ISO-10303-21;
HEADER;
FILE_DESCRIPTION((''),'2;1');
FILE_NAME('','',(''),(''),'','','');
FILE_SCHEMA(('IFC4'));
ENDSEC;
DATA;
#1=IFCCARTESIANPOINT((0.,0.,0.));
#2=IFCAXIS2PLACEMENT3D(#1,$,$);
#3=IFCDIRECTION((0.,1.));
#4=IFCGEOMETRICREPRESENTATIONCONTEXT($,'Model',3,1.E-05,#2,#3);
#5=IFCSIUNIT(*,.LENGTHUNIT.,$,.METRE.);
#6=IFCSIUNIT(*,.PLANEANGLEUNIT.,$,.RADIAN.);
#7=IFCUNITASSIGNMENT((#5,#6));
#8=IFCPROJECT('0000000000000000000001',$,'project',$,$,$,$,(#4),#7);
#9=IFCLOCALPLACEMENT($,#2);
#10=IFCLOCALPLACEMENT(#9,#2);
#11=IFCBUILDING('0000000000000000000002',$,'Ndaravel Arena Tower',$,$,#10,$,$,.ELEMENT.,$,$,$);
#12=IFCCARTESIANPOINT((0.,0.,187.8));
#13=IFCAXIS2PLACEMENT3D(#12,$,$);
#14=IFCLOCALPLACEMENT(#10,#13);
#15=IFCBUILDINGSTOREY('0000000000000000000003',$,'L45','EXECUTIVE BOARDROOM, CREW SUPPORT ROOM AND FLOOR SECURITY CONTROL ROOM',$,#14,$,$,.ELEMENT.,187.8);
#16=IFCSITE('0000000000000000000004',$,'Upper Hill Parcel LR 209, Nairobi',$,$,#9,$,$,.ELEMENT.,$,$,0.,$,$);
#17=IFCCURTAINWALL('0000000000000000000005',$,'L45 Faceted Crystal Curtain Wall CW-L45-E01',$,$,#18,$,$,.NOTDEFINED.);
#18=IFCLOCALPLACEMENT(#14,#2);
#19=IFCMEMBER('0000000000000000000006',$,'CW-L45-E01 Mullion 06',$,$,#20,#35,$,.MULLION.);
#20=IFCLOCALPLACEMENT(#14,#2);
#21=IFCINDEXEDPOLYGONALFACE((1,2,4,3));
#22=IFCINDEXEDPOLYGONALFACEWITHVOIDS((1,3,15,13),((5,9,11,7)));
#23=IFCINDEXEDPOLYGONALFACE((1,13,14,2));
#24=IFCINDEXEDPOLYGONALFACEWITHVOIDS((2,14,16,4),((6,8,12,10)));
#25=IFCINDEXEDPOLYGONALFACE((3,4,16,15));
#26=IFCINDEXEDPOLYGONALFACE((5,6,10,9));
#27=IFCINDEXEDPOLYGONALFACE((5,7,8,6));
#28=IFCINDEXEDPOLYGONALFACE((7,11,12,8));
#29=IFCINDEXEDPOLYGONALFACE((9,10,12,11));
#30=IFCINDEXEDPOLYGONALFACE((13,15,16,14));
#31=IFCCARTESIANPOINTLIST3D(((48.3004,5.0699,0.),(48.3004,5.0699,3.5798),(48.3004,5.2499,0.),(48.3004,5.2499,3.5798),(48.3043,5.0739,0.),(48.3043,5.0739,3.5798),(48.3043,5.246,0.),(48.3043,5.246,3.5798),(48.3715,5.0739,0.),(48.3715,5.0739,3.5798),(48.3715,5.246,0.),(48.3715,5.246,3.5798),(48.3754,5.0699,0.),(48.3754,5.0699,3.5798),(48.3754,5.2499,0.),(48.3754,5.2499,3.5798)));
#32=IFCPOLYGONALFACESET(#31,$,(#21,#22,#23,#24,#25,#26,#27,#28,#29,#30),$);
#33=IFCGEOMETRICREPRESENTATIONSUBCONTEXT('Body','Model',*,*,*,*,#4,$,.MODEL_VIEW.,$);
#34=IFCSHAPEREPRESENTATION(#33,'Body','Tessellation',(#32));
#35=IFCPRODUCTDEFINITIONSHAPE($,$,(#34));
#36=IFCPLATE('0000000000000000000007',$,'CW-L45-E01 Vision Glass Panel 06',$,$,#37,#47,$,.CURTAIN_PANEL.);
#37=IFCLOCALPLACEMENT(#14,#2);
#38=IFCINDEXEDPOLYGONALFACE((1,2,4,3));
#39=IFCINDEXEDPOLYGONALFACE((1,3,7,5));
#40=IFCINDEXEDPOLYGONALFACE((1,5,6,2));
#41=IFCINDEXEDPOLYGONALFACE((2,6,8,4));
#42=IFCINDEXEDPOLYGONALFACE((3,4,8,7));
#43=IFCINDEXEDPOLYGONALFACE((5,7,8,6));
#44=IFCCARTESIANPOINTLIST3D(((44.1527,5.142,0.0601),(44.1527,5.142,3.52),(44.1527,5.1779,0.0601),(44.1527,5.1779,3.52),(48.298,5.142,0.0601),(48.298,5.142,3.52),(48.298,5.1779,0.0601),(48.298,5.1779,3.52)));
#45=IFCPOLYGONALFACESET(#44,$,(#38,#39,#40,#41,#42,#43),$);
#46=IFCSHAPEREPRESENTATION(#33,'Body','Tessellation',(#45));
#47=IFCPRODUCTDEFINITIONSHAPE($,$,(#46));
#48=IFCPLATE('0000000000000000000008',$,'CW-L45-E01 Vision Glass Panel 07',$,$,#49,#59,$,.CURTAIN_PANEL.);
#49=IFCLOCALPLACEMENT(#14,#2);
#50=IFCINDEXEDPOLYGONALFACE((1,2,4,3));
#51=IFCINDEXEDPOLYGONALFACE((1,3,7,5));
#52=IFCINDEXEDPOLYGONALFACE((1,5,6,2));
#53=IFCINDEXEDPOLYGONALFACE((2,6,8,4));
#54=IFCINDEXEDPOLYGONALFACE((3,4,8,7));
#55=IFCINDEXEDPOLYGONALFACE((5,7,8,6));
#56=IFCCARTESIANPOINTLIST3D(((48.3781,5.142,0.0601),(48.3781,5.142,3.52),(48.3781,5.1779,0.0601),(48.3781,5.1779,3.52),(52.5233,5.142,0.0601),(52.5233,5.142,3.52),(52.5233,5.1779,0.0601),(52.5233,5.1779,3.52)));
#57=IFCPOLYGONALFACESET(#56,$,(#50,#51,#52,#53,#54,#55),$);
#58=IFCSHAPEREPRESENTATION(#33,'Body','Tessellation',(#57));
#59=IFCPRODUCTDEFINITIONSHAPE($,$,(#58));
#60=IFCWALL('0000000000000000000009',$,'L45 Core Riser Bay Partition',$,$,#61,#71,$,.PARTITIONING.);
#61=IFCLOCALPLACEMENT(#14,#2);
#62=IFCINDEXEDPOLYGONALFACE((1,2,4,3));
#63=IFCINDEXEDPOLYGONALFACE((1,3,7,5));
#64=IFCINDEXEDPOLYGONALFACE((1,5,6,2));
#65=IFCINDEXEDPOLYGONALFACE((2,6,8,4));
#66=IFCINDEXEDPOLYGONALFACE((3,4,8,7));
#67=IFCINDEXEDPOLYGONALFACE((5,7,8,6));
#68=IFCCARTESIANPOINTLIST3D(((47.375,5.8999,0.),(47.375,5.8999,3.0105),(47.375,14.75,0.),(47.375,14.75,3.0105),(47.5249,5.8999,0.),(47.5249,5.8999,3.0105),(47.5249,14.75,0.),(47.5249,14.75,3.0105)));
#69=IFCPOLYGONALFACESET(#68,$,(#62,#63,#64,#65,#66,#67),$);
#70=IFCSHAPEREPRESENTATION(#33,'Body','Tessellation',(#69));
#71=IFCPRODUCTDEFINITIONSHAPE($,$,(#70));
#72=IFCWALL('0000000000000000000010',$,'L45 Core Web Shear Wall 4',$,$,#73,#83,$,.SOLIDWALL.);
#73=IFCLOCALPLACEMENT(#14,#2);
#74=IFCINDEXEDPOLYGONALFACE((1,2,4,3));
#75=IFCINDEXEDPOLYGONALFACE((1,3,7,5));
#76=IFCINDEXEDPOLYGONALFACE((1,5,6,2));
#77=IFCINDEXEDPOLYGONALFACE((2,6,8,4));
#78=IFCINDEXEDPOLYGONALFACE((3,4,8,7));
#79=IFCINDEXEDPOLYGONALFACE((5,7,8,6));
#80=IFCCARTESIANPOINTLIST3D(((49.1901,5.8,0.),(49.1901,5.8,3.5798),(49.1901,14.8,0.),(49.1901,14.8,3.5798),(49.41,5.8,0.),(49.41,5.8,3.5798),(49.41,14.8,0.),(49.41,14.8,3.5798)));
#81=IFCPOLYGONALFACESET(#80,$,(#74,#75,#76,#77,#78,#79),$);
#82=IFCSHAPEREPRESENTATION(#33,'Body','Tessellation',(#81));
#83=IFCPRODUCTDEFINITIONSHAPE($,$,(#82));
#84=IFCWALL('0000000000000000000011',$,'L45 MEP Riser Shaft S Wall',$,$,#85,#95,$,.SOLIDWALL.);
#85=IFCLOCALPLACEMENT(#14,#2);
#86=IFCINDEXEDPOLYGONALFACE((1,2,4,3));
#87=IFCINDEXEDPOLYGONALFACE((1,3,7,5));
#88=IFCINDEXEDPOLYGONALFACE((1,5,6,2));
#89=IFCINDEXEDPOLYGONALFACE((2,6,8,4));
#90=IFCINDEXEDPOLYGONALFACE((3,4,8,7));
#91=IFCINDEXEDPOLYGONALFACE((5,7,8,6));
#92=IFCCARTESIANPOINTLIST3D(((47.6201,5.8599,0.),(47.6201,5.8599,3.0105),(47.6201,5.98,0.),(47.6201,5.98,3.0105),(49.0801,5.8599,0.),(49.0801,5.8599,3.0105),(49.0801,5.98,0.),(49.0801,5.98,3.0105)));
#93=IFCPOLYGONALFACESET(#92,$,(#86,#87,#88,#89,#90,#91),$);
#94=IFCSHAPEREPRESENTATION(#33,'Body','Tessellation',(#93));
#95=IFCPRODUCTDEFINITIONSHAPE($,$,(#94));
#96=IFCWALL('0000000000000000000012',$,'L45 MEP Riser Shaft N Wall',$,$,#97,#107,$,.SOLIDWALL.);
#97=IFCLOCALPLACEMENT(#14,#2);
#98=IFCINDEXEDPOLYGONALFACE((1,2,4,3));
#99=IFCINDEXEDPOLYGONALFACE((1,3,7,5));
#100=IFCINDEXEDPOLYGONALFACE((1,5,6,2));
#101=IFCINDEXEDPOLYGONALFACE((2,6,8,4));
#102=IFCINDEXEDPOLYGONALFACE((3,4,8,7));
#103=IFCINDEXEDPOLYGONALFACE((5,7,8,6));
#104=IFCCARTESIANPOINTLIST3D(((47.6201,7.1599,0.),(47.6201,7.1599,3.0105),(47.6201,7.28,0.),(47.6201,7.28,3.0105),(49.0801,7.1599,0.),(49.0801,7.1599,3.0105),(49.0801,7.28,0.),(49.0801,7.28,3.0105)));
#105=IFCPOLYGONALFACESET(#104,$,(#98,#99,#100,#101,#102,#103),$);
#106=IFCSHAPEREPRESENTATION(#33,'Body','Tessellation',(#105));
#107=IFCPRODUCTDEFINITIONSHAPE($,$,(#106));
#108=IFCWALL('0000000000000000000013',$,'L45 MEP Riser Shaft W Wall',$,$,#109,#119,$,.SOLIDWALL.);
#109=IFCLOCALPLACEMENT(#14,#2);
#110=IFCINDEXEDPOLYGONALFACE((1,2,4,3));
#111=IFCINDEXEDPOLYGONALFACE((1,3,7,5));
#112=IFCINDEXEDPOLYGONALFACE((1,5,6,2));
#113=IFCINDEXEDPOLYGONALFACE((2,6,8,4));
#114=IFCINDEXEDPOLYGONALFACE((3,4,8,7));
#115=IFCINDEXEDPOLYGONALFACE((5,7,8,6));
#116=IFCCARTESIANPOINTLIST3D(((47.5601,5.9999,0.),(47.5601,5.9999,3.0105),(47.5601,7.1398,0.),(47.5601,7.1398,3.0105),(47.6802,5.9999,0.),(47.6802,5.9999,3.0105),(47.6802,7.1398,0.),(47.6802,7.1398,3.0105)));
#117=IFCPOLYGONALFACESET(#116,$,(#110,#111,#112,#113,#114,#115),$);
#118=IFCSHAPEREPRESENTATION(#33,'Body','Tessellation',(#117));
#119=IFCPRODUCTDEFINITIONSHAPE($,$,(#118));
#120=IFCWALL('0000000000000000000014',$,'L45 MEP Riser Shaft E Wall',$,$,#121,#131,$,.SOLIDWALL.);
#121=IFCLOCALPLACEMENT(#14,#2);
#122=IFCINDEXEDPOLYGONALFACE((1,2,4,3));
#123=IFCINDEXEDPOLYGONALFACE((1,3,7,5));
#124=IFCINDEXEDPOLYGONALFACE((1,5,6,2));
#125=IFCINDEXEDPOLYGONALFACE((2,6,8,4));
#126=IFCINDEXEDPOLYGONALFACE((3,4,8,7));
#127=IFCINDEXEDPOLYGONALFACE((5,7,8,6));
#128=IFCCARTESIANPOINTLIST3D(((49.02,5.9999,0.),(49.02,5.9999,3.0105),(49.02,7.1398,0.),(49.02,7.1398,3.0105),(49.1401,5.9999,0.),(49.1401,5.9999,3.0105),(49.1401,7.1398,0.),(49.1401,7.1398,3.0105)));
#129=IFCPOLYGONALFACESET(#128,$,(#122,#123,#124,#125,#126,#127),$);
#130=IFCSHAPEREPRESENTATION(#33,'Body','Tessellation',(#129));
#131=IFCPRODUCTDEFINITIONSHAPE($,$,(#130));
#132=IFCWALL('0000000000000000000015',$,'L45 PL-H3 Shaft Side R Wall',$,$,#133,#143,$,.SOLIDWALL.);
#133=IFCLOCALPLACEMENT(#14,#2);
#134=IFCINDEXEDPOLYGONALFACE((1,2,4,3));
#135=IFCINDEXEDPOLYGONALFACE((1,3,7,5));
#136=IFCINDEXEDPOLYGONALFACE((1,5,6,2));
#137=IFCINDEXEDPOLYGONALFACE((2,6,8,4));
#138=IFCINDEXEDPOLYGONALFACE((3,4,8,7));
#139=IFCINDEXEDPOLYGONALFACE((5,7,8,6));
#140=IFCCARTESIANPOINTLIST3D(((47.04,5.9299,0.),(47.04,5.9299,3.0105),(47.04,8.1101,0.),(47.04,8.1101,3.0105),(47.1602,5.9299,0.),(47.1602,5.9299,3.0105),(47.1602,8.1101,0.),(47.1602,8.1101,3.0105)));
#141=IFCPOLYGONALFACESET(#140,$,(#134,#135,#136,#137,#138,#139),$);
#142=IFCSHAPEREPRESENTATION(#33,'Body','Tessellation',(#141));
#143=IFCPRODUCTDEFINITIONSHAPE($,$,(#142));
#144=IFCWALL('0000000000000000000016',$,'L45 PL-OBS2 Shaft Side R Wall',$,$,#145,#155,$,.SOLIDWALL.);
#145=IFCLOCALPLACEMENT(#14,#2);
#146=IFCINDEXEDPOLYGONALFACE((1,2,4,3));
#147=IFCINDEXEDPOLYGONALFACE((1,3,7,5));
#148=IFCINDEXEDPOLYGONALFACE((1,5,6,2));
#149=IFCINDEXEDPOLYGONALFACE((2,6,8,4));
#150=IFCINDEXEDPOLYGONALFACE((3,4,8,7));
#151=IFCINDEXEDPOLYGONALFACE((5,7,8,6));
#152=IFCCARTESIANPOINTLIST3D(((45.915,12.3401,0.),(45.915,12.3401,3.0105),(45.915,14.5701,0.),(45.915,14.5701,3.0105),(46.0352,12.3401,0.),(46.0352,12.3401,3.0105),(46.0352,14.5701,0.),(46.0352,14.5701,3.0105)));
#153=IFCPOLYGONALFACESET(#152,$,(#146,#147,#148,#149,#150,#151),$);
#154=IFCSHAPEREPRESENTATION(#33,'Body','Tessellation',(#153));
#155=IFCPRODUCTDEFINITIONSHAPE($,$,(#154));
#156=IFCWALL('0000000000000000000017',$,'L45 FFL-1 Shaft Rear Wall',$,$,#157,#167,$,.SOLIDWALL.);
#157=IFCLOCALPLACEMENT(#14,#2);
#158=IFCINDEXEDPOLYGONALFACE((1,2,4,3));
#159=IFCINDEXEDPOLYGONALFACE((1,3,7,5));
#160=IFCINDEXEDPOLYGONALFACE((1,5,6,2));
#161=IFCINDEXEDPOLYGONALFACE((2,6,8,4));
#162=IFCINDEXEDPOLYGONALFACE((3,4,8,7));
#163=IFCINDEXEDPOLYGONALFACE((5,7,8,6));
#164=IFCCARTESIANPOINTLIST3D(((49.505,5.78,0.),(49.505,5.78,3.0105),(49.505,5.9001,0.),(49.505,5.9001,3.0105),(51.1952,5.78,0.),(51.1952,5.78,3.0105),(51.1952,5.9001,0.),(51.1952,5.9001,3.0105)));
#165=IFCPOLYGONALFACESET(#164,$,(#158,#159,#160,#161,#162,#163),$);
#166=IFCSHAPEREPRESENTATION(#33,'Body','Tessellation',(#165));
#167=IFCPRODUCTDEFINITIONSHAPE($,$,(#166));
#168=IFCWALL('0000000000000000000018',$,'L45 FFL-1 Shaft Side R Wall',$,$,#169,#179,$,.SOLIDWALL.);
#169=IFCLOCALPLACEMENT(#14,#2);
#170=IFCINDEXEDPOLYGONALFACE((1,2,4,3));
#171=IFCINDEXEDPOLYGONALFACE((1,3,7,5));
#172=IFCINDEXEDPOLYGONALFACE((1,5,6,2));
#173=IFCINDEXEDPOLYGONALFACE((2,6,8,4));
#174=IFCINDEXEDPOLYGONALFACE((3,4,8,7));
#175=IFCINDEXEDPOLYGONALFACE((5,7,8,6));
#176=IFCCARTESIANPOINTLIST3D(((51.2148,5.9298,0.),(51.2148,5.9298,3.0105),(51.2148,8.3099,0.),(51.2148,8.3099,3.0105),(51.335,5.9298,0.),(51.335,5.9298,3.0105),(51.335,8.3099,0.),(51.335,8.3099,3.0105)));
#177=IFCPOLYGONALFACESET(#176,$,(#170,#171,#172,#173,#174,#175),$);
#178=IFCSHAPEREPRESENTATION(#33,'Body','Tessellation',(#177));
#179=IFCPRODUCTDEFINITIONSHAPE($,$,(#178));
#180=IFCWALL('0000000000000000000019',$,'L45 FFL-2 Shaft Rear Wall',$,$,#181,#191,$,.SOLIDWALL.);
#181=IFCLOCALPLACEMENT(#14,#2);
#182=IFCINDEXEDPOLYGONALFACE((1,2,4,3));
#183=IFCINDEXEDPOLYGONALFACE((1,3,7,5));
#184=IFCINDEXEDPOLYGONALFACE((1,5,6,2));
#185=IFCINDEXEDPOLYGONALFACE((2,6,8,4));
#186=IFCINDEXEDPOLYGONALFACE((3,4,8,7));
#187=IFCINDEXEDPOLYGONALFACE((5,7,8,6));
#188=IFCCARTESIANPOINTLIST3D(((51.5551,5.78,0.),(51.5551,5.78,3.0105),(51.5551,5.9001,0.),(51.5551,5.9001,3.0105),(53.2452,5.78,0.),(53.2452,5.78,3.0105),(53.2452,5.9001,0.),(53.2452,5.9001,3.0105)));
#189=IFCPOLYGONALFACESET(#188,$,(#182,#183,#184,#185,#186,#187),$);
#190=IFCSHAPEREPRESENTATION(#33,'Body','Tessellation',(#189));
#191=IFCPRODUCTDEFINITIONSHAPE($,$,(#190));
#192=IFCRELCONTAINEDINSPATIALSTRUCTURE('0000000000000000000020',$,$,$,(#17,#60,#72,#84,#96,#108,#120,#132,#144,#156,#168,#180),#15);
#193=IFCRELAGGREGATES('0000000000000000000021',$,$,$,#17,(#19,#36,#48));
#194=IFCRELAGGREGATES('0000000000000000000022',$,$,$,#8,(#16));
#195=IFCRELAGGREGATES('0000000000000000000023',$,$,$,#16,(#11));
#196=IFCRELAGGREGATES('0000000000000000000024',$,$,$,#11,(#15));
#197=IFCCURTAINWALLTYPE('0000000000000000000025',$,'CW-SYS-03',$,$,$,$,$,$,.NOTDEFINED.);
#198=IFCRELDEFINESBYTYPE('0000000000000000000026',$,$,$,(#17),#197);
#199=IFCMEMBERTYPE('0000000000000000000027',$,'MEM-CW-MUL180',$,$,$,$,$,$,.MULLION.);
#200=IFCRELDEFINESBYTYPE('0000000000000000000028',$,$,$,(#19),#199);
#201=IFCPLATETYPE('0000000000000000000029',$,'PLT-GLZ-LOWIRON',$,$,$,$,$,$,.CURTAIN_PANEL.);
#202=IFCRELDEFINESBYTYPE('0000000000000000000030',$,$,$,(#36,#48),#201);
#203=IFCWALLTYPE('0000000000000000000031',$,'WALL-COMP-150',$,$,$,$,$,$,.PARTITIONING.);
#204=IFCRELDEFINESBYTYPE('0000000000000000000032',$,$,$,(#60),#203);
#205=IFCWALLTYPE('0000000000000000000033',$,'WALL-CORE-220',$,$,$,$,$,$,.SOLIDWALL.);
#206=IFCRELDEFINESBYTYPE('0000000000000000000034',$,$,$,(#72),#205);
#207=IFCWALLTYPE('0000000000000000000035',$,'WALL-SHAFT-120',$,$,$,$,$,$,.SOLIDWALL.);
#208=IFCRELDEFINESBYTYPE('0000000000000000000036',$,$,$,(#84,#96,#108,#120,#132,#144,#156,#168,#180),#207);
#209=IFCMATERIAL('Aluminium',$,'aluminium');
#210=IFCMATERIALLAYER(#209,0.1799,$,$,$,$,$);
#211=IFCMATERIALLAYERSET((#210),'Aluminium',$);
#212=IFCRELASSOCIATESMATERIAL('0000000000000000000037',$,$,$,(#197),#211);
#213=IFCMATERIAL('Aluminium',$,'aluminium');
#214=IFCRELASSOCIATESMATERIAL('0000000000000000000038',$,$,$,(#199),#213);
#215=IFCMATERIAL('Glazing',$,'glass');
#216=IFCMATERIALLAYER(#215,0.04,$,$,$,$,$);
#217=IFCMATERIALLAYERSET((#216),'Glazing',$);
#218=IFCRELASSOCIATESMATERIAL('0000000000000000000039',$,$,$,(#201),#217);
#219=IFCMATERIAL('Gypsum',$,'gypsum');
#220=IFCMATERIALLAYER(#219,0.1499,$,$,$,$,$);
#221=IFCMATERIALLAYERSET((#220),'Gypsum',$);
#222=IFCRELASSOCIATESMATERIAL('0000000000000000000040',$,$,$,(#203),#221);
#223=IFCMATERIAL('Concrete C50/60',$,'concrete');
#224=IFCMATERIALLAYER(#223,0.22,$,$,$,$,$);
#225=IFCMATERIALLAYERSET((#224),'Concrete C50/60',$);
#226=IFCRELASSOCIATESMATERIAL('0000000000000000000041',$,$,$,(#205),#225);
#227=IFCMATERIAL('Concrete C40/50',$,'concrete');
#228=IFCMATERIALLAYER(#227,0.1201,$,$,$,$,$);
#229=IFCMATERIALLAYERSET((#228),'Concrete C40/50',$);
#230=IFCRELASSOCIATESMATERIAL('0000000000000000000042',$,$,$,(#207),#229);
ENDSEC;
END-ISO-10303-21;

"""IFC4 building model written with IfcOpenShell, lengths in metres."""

from ifc_helpers import new_model, si_unit, direction, frame, frame_2d, origin, origin_2d, place, context, subcontext, project, spatial, rectangle, hollow_rectangle, extrude, material, layer, layer_set, material_profile, profile_set, type_object, element, aggregate, save


model = new_model("IFC4")

# Units and contexts
model_context = context("Model", 3, precision=1e-05, world=origin(), true_north=direction((0.0, 1.0)))
body_context = subcontext(model_context, "Body", "Model", "MODEL_VIEW")
ifc_project = project(units=[si_unit("LENGTHUNIT", "METRE"), si_unit("PLANEANGLEUNIT", "RADIAN")], contexts=[model_context])

# Site, building, storey
site_placement = place(None, origin())
site = spatial("IfcSite", under=ifc_project, at=site_placement, Name="Upper Hill Parcel LR 209, Nairobi", CompositionType="ELEMENT", RefElevation=0.0)
building_placement = place(site_placement, origin())
building = spatial("IfcBuilding", under=site, at=building_placement, Name="Ndaravel Arena Tower", CompositionType="ELEMENT")
storey_placement = place(building_placement, frame((0.0, 0.0, 187.8)))
storey = spatial("IfcBuildingStorey", under=building, at=storey_placement, Name="L45", Description="EXECUTIVE BOARDROOM, CREW SUPPORT ROOM AND FLOOR SECURITY CONTROL ROOM", CompositionType="ELEMENT", Elevation=187.8)

# Curtain wall, member, plates
ifc_material_1 = material(Name="Aluminium", Category="aluminium")
ifc_layer_1 = layer(ifc_material_1, 0.1799)
ifc_layer_set_1 = layer_set([ifc_layer_1], Name="Aluminium")
curtain_wall_type = type_object("IfcCurtainWallType", Name="CW-SYS-03", PredefinedType="NOTDEFINED", material=ifc_layer_set_1)
curtain_wall_placement = place(storey_placement, origin())
curtain_wall = element("IfcCurtainWall", 1, at=curtain_wall_placement, inside=storey, type_object=curtain_wall_type, Name="L45 Faceted Crystal Curtain Wall CW-L45-E01", PredefinedType="NOTDEFINED")
ifc_material_2 = material(Name="Aluminium", Category="aluminium")
ifc_material_profile = material_profile(ifc_material_2, hollow_rectangle(XDim=0.075, YDim=0.1799, WallThickness=0.0039, at=origin_2d()), Name="CW MULLION 75x180x4")
ifc_profile_set = profile_set([ifc_material_profile], Name="Aluminium")
member_type = type_object("IfcMemberType", Name="MEM-CW-MUL180", PredefinedType="MULLION", material=ifc_profile_set)
member_placement = place(storey_placement, frame((48.3379, 5.1599, 0.0), z_axis=(0.0, 0.0, 1.0), x_axis=(1.0, 0.0, 0.0)))
member = element("IfcMember", 2, at=member_placement, type_object=member_type, Name="CW-L45-E01 Mullion 06", PredefinedType="MULLION", context=body_context, shape_type="SweptSolid", body=[
    extrude(hollow_rectangle(XDim=0.075, YDim=0.1799, WallThickness=0.0039, at=origin_2d()), origin(), (0.0, 0.0, 1.0), 3.5798),
])
ifc_material_3 = material(Name="Glazing", Category="glass")
ifc_layer_2 = layer(ifc_material_3, 0.04)
ifc_layer_set_2 = layer_set([ifc_layer_2], Name="Glazing")
plate_type = type_object("IfcPlateType", Name="PLT-GLZ-LOWIRON", PredefinedType="CURTAIN_PANEL", material=ifc_layer_set_2)
plate_1_placement = place(storey_placement, frame((46.2253, 5.1599, 0.0601), z_axis=(0.0, 0.0, 1.0), x_axis=(1.0, 0.0, 0.0)))
plate_1 = element("IfcPlate", 3, at=plate_1_placement, type_object=plate_type, Name="CW-L45-E01 Vision Glass Panel 06", PredefinedType="CURTAIN_PANEL", context=body_context, shape_type="SweptSolid", body=[
    extrude(rectangle(XDim=4.1453, YDim=0.0359, at=origin_2d()), origin(), (0.0, 0.0, 1.0), 3.46),
])
plate_2_placement = place(storey_placement, frame((50.4507, 5.1599, 0.0601), z_axis=(0.0, 0.0, 1.0), x_axis=(1.0, 0.0, 0.0)))
plate_2 = element("IfcPlate", 4, at=plate_2_placement, type_object=plate_type, Name="CW-L45-E01 Vision Glass Panel 07", PredefinedType="CURTAIN_PANEL", context=body_context, shape_type="SweptSolid", body=[
    extrude(rectangle(XDim=4.1453, YDim=0.0359, at=origin_2d()), origin(), (0.0, 0.0, 1.0), 3.46),
])
aggregate(curtain_wall, [member, plate_1, plate_2])

# Walls
ifc_material_4 = material(Name="Gypsum", Category="gypsum")
ifc_layer_3 = layer(ifc_material_4, 0.1499)
ifc_layer_set_3 = layer_set([ifc_layer_3], Name="Gypsum")
wall_type_1 = type_object("IfcWallType", Name="WALL-COMP-150", PredefinedType="PARTITIONING", material=ifc_layer_set_3)
wall_1_placement = place(storey_placement, frame((47.45, 5.8999, 0.0), z_axis=(0.0, 0.0, 1.0), x_axis=(0.0, 1.0, 0.0)))
element("IfcWall", 5, at=wall_1_placement, inside=storey, type_object=wall_type_1, Name="L45 Core Riser Bay Partition", PredefinedType="PARTITIONING", context=body_context, shape_type="SweptSolid", body=[
    extrude(rectangle(XDim=8.8501, YDim=0.1499, at=frame_2d((4.425, 0.0))), origin(), (0.0, 0.0, 1.0), 3.0105),
])
ifc_material_5 = material(Name="Concrete C50/60", Category="concrete")
ifc_layer_4 = layer(ifc_material_5, 0.22)
ifc_layer_set_4 = layer_set([ifc_layer_4], Name="Concrete C50/60")
wall_type_2 = type_object("IfcWallType", Name="WALL-CORE-220", PredefinedType="SOLIDWALL", material=ifc_layer_set_4)
wall_2_placement = place(storey_placement, frame((49.3, 5.8, 0.0), z_axis=(0.0, 0.0, 1.0), x_axis=(0.0, 1.0, 0.0)))
element("IfcWall", 6, at=wall_2_placement, inside=storey, type_object=wall_type_2, Name="L45 Core Web Shear Wall 4", PredefinedType="SOLIDWALL", context=body_context, shape_type="SweptSolid", body=[
    extrude(rectangle(XDim=9.0, YDim=0.22, at=frame_2d((4.5, 0.0))), origin(), (0.0, 0.0, 1.0), 3.5798),
])
ifc_material_6 = material(Name="Concrete C40/50", Category="concrete")
ifc_layer_5 = layer(ifc_material_6, 0.1201)
ifc_layer_set_5 = layer_set([ifc_layer_5], Name="Concrete C40/50")
wall_type_3 = type_object("IfcWallType", Name="WALL-SHAFT-120", PredefinedType="SOLIDWALL", material=ifc_layer_set_5)
for number, where, z_axis, x_axis, name in (
    (7, (47.6201, 5.9199, 0.0), (0.0, 0.0, 1.0), (1.0, 0.0, 0.0), "L45 MEP Riser Shaft S Wall"),
    (8, (47.6201, 7.22, 0.0), (0.0, 0.0, 1.0), (1.0, 0.0, 0.0), "L45 MEP Riser Shaft N Wall"),
):
    element("IfcWall", number, at=place(storey_placement, frame(where, z_axis=z_axis, x_axis=x_axis)), inside=storey, type_object=wall_type_3, Name=name, PredefinedType="SOLIDWALL", context=body_context, shape_type="SweptSolid", body=[
        extrude(rectangle(XDim=1.46, YDim=0.1201, at=frame_2d((0.73, 0.0))), origin(), (0.0, 0.0, 1.0), 3.0105),
    ])
for number, where, z_axis, x_axis, name in (
    (9, (47.6201, 6.0, 0.0), (0.0, 0.0, 1.0), (0.0, 1.0, 0.0), "L45 MEP Riser Shaft W Wall"),
    (10, (49.0801, 6.0, 0.0), (0.0, 0.0, 1.0), (0.0, 1.0, 0.0), "L45 MEP Riser Shaft E Wall"),
):
    element("IfcWall", number, at=place(storey_placement, frame(where, z_axis=z_axis, x_axis=x_axis)), inside=storey, type_object=wall_type_3, Name=name, PredefinedType="SOLIDWALL", context=body_context, shape_type="SweptSolid", body=[
        extrude(rectangle(XDim=1.1399, YDim=0.1201, at=frame_2d((0.5698, 0.0))), origin(), (0.0, 0.0, 1.0), 3.0105),
    ])
wall_3_placement = place(storey_placement, frame((47.1001, 5.9299, 0.0), z_axis=(0.0, 0.0, 1.0), x_axis=(0.0, 1.0, 0.0)))
element("IfcWall", 11, at=wall_3_placement, inside=storey, type_object=wall_type_3, Name="L45 PL-H3 Shaft Side R Wall", PredefinedType="SOLIDWALL", context=body_context, shape_type="SweptSolid", body=[
    extrude(rectangle(XDim=2.1802, YDim=0.1201, at=frame_2d((1.0901, 0.0))), origin(), (0.0, 0.0, 1.0), 3.0105),
])
wall_4_placement = place(storey_placement, frame((45.9751, 12.3401, 0.0), z_axis=(0.0, 0.0, 1.0), x_axis=(0.0, 1.0, 0.0)))
element("IfcWall", 12, at=wall_4_placement, inside=storey, type_object=wall_type_3, Name="L45 PL-OBS2 Shaft Side R Wall", PredefinedType="SOLIDWALL", context=body_context, shape_type="SweptSolid", body=[
    extrude(rectangle(XDim=2.23, YDim=0.1201, at=frame_2d((1.115, 0.0))), origin(), (0.0, 0.0, 1.0), 3.0105),
])
wall_5_placement = place(storey_placement, frame((49.5049, 5.8401, 0.0), z_axis=(0.0, 0.0, 1.0), x_axis=(1.0, 0.0, 0.0)))
element("IfcWall", 13, at=wall_5_placement, inside=storey, type_object=wall_type_3, Name="L45 FFL-1 Shaft Rear Wall", PredefinedType="SOLIDWALL", context=body_context, shape_type="SweptSolid", body=[
    extrude(rectangle(XDim=1.6902, YDim=0.1201, at=frame_2d((0.8452, 0.0))), origin(), (0.0, 0.0, 1.0), 3.0105),
])
wall_6_placement = place(storey_placement, frame((51.2749, 5.9299, 0.0), z_axis=(0.0, 0.0, 1.0), x_axis=(0.0, 1.0, 0.0)))
element("IfcWall", 14, at=wall_6_placement, inside=storey, type_object=wall_type_3, Name="L45 FFL-1 Shaft Side R Wall", PredefinedType="SOLIDWALL", context=body_context, shape_type="SweptSolid", body=[
    extrude(rectangle(XDim=2.3801, YDim=0.1201, at=frame_2d((1.1899, 0.0))), origin(), (0.0, 0.0, 1.0), 3.0105),
])
wall_7_placement = place(storey_placement, frame((51.5549, 5.8401, 0.0), z_axis=(0.0, 0.0, 1.0), x_axis=(1.0, 0.0, 0.0)))
element("IfcWall", 15, at=wall_7_placement, inside=storey, type_object=wall_type_3, Name="L45 FFL-2 Shaft Rear Wall", PredefinedType="SOLIDWALL", context=body_context, shape_type="SweptSolid", body=[
    extrude(rectangle(XDim=1.6902, YDim=0.1201, at=frame_2d((0.8452, 0.0))), origin(), (0.0, 0.0, 1.0), 3.0105),
])

save(model, "model.ifc")
